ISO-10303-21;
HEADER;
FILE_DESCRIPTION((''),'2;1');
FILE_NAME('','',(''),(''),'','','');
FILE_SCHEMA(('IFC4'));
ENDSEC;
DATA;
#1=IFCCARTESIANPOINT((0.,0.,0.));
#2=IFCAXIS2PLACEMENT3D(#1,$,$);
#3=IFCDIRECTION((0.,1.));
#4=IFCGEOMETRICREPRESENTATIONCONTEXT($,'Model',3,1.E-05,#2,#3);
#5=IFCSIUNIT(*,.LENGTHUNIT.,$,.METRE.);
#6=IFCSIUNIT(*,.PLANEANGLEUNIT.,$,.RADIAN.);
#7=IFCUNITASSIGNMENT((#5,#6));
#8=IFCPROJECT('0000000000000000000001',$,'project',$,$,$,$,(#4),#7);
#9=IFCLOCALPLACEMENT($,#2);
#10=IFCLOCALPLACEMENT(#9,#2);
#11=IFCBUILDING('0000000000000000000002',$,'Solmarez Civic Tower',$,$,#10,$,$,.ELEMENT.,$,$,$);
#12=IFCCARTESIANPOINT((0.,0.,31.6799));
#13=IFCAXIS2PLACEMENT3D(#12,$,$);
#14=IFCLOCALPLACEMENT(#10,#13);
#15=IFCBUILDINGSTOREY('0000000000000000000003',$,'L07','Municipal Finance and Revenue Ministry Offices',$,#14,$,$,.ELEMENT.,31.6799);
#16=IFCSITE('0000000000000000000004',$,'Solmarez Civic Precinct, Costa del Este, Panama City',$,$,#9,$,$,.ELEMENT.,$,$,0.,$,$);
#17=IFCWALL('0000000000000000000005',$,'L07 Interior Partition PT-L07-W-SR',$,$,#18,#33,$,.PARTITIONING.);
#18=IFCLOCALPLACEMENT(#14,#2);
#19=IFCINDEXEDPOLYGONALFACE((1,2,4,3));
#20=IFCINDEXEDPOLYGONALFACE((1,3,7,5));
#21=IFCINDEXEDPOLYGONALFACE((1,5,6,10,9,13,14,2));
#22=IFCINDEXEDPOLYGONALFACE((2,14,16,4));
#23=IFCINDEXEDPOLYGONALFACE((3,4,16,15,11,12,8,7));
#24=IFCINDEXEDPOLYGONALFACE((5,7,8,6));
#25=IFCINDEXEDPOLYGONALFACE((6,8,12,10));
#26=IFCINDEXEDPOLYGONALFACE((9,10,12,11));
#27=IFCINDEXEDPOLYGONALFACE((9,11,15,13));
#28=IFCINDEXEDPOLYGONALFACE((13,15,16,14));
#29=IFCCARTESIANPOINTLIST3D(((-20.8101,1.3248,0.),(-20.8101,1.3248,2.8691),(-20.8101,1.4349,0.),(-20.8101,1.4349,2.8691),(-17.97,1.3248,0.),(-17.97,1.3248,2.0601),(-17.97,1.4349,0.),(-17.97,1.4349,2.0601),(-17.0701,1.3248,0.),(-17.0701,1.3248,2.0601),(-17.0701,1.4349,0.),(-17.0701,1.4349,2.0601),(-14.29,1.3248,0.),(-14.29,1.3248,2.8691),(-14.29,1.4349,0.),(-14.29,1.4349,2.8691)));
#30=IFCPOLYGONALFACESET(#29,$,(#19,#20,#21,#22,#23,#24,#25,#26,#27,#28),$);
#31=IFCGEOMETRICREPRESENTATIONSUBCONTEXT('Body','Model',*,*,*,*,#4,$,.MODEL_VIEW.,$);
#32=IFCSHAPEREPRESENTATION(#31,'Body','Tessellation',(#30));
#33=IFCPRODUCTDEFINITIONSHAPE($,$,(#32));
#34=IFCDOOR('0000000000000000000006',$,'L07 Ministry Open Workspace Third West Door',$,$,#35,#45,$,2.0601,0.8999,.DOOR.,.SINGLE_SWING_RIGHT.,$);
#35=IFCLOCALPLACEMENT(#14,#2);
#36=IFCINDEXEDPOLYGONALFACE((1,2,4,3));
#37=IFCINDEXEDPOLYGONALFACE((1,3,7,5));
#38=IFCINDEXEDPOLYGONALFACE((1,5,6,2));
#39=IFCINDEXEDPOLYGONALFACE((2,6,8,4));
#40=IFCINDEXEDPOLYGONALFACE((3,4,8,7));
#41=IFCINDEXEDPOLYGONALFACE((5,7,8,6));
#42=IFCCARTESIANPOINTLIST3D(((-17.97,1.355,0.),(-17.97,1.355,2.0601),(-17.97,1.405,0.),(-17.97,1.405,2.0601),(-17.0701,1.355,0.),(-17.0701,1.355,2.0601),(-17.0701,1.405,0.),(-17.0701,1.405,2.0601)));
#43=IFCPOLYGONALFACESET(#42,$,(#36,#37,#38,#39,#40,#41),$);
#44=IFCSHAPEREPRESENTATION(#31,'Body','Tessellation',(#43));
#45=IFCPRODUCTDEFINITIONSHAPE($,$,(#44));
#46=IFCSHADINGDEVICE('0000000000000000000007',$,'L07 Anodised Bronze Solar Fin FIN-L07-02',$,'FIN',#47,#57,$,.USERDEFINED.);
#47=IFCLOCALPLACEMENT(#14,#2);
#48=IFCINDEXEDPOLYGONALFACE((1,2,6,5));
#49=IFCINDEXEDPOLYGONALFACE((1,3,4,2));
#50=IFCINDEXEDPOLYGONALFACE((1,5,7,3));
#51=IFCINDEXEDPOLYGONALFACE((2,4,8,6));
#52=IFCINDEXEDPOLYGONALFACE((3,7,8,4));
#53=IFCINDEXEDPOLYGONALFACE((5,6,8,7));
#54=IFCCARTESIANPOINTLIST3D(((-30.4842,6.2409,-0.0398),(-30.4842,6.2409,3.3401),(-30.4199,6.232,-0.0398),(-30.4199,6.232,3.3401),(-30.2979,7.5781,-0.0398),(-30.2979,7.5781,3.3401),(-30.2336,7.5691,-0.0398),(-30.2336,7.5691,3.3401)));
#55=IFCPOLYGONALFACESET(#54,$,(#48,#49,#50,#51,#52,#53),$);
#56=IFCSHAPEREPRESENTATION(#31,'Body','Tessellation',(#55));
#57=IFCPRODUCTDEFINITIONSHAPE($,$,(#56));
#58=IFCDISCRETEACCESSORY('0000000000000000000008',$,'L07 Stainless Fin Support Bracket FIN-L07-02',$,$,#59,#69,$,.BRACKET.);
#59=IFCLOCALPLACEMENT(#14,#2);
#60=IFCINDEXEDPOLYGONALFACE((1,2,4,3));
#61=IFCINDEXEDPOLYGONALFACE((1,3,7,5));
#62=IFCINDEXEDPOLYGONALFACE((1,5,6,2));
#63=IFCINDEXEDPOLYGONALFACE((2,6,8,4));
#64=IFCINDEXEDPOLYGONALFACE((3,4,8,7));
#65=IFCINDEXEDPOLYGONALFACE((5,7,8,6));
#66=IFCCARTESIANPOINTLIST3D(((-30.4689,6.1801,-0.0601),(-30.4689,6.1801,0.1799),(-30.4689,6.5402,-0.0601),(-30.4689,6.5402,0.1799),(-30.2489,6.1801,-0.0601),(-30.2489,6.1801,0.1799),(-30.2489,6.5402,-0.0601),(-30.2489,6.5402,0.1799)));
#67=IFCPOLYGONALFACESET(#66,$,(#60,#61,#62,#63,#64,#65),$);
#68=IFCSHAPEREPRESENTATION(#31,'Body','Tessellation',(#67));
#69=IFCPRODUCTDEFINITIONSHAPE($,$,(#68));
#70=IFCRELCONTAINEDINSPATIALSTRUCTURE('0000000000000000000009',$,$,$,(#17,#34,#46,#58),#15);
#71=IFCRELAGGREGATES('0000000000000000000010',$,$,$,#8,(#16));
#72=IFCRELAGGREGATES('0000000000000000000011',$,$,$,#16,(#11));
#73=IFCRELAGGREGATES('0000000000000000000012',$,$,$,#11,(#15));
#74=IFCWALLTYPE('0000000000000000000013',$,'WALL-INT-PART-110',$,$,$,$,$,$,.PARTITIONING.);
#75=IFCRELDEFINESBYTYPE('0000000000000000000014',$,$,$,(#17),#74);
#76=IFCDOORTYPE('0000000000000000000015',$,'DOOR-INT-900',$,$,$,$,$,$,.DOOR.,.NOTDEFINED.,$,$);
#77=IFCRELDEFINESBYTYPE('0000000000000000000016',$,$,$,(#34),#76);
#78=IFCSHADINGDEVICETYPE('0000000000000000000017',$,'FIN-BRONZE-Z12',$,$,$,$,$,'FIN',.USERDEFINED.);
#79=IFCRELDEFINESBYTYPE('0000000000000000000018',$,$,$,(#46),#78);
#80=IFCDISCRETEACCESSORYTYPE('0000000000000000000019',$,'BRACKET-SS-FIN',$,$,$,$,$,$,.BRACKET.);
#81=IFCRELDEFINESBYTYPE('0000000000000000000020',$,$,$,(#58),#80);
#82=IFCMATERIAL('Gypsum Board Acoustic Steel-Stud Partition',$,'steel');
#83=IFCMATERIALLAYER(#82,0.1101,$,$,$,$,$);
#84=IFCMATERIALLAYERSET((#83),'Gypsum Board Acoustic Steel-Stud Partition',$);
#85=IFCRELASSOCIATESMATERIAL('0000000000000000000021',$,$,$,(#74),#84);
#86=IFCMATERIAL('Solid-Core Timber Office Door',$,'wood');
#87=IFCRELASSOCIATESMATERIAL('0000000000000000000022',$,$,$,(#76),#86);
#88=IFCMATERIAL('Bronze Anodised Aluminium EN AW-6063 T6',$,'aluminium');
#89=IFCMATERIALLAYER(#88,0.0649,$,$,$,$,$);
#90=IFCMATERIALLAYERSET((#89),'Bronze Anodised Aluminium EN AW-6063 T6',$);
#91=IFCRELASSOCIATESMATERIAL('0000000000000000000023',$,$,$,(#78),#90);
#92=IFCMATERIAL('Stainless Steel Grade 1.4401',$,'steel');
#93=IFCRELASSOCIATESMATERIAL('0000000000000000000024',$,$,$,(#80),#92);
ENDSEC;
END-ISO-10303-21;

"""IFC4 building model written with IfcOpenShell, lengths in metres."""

from ifc_helpers import new_model, si_unit, direction, frame, frame_2d, origin, origin_2d, place, context, subcontext, project, spatial, rectangle, extrude, material, layer, layer_set, type_object, element, fill, save


model = new_model("IFC4")

# Units and contexts
model_context = context("Model", 3, precision=1e-05, world=origin(), true_north=direction((0.0, 1.0)))
body_context = subcontext(model_context, "Body", "Model", "MODEL_VIEW")
ifc_project = project(units=[si_unit("LENGTHUNIT", "METRE"), si_unit("PLANEANGLEUNIT", "RADIAN")], contexts=[model_context])

# Site, building, storey
site_placement = place(None, origin())
site = spatial("IfcSite", under=ifc_project, at=site_placement, Name="Solmarez Civic Precinct, Costa del Este, Panama City", CompositionType="ELEMENT", RefElevation=0.0)
building_placement = place(site_placement, origin())
building = spatial("IfcBuilding", under=site, at=building_placement, Name="Solmarez Civic Tower", CompositionType="ELEMENT")
storey_placement = place(building_placement, frame((0.0, 0.0, 31.6799)))
storey = spatial("IfcBuildingStorey", under=building, at=storey_placement, Name="L07", Description="Municipal Finance and Revenue Ministry Offices", CompositionType="ELEMENT", Elevation=31.6799)

# Shared definitions
ifc_material_1 = material(Name="Bronze Anodised Aluminium EN AW-6063 T6", Category="aluminium")

# Shared definitions
ifc_material_2 = material(Name="Gypsum Board Acoustic Steel-Stud Partition", Category="steel")
ifc_layer_1 = layer(ifc_material_2, 0.1101)
ifc_layer_set_1 = layer_set([ifc_layer_1], Name="Gypsum Board Acoustic Steel-Stud Partition")
wall_type_1 = type_object("IfcWallType", Name="WALL-INT-PART-110", PredefinedType="PARTITIONING", material=ifc_layer_set_1)

# Wall, opening, door
wall_1_placement = place(storey_placement, frame((-14.29, 1.3799, 0.0), z_axis=(0.0, 0.0, 1.0), x_axis=(-1.0, 0.0, 0.0)))
wall_1 = element("IfcWall", 1, at=wall_1_placement, inside=storey, type_object=wall_type_1, Name="L07 Interior Partition PT-L07-W-SR", PredefinedType="PARTITIONING", context=body_context, shape_type="SweptSolid", body=[
    extrude(rectangle(XDim=6.52, YDim=0.1101, at=frame_2d((3.26, 0.0))), origin(), (0.0, 0.0, 1.0), 2.8691),
])
opening_1_placement = place(wall_1_placement, frame((2.78, 0.0, 0.0)))
opening_1 = element("IfcOpeningElement", 2, at=opening_1_placement, cuts=wall_1, PredefinedType="OPENING", context=body_context, shape_type="SweptSolid", body=[
    extrude(rectangle(XDim=0.8999, YDim=2.0601, at=frame_2d((0.45, 1.03))), frame((0.0, 0.0649, 0.0), z_axis=(0.0, -1.0, 0.0), x_axis=(1.0, 0.0, 0.0)), (0.0, 0.0, 1.0), 0.1301),
])
ifc_material_3 = material(Name="Solid-Core Timber Office Door", Category="wood")
door_type = type_object("IfcDoorType", Name="DOOR-INT-900", OperationType="NOTDEFINED", PredefinedType="DOOR", material=ifc_material_3)
door_placement = place(opening_1_placement, origin())
door = element("IfcDoor", 3, at=door_placement, inside=storey, type_object=door_type, Name="L07 Ministry Open Workspace Third West Door", OperationType="SINGLE_SWING_RIGHT", OverallHeight=2.0601, OverallWidth=0.8999, PredefinedType="DOOR", context=body_context, shape_type="SweptSolid", body=[
    extrude(rectangle(XDim=0.8999, YDim=2.0601, at=frame_2d((0.45, 1.03))), frame((0.0, 0.0249, 0.0), z_axis=(0.0, -1.0, 0.0), x_axis=(1.0, 0.0, 0.0)), (0.0, 0.0, 1.0), 0.05),
])
fill(opening_1, door)

# Shading device
ifc_layer_2 = layer(ifc_material_1, 0.0649)
ifc_layer_set_2 = layer_set([ifc_layer_2], Name="Bronze Anodised Aluminium EN AW-6063 T6")
shading_device_type = type_object("IfcShadingDeviceType", Name="FIN-BRONZE-Z12", ElementType="FIN", PredefinedType="USERDEFINED", material=ifc_layer_set_2)
shading_device_placement = place(storey_placement, frame((-30.3589, 6.905, -0.0398), z_axis=(0.0, 0.0, 1.0), x_axis=(0.13798, 0.990435, 0.0)))
element("IfcShadingDevice", 4, at=shading_device_placement, inside=storey, type_object=shading_device_type, Name="L07 Anodised Bronze Solar Fin FIN-L07-02", ObjectType="FIN", PredefinedType="USERDEFINED", context=body_context, shape_type="SweptSolid", body=[
    extrude(rectangle(XDim=1.3501, YDim=0.0649, at=origin_2d()), origin(), (0.0, 0.0, 1.0), 3.3799),
])

# Discrete accessory
ifc_material_4 = material(Name="Stainless Steel Grade 1.4401", Category="steel")
discrete_accessory_type = type_object("IfcDiscreteAccessoryType", Name="BRACKET-SS-FIN", PredefinedType="BRACKET", material=ifc_material_4)
discrete_accessory_placement = place(storey_placement, frame((-30.3589, 6.3601, -0.0601), z_axis=(0.0, 0.0, 1.0), x_axis=(0.0, 1.0, 0.0)))
element("IfcDiscreteAccessory", 5, at=discrete_accessory_placement, inside=storey, type_object=discrete_accessory_type, Name="L07 Stainless Fin Support Bracket FIN-L07-02", PredefinedType="BRACKET", context=body_context, shape_type="SweptSolid", body=[
    extrude(rectangle(XDim=0.3601, YDim=0.22, at=origin_2d()), origin(), (0.0, 0.0, 1.0), 0.24),
])

save(model, "model.ifc")
